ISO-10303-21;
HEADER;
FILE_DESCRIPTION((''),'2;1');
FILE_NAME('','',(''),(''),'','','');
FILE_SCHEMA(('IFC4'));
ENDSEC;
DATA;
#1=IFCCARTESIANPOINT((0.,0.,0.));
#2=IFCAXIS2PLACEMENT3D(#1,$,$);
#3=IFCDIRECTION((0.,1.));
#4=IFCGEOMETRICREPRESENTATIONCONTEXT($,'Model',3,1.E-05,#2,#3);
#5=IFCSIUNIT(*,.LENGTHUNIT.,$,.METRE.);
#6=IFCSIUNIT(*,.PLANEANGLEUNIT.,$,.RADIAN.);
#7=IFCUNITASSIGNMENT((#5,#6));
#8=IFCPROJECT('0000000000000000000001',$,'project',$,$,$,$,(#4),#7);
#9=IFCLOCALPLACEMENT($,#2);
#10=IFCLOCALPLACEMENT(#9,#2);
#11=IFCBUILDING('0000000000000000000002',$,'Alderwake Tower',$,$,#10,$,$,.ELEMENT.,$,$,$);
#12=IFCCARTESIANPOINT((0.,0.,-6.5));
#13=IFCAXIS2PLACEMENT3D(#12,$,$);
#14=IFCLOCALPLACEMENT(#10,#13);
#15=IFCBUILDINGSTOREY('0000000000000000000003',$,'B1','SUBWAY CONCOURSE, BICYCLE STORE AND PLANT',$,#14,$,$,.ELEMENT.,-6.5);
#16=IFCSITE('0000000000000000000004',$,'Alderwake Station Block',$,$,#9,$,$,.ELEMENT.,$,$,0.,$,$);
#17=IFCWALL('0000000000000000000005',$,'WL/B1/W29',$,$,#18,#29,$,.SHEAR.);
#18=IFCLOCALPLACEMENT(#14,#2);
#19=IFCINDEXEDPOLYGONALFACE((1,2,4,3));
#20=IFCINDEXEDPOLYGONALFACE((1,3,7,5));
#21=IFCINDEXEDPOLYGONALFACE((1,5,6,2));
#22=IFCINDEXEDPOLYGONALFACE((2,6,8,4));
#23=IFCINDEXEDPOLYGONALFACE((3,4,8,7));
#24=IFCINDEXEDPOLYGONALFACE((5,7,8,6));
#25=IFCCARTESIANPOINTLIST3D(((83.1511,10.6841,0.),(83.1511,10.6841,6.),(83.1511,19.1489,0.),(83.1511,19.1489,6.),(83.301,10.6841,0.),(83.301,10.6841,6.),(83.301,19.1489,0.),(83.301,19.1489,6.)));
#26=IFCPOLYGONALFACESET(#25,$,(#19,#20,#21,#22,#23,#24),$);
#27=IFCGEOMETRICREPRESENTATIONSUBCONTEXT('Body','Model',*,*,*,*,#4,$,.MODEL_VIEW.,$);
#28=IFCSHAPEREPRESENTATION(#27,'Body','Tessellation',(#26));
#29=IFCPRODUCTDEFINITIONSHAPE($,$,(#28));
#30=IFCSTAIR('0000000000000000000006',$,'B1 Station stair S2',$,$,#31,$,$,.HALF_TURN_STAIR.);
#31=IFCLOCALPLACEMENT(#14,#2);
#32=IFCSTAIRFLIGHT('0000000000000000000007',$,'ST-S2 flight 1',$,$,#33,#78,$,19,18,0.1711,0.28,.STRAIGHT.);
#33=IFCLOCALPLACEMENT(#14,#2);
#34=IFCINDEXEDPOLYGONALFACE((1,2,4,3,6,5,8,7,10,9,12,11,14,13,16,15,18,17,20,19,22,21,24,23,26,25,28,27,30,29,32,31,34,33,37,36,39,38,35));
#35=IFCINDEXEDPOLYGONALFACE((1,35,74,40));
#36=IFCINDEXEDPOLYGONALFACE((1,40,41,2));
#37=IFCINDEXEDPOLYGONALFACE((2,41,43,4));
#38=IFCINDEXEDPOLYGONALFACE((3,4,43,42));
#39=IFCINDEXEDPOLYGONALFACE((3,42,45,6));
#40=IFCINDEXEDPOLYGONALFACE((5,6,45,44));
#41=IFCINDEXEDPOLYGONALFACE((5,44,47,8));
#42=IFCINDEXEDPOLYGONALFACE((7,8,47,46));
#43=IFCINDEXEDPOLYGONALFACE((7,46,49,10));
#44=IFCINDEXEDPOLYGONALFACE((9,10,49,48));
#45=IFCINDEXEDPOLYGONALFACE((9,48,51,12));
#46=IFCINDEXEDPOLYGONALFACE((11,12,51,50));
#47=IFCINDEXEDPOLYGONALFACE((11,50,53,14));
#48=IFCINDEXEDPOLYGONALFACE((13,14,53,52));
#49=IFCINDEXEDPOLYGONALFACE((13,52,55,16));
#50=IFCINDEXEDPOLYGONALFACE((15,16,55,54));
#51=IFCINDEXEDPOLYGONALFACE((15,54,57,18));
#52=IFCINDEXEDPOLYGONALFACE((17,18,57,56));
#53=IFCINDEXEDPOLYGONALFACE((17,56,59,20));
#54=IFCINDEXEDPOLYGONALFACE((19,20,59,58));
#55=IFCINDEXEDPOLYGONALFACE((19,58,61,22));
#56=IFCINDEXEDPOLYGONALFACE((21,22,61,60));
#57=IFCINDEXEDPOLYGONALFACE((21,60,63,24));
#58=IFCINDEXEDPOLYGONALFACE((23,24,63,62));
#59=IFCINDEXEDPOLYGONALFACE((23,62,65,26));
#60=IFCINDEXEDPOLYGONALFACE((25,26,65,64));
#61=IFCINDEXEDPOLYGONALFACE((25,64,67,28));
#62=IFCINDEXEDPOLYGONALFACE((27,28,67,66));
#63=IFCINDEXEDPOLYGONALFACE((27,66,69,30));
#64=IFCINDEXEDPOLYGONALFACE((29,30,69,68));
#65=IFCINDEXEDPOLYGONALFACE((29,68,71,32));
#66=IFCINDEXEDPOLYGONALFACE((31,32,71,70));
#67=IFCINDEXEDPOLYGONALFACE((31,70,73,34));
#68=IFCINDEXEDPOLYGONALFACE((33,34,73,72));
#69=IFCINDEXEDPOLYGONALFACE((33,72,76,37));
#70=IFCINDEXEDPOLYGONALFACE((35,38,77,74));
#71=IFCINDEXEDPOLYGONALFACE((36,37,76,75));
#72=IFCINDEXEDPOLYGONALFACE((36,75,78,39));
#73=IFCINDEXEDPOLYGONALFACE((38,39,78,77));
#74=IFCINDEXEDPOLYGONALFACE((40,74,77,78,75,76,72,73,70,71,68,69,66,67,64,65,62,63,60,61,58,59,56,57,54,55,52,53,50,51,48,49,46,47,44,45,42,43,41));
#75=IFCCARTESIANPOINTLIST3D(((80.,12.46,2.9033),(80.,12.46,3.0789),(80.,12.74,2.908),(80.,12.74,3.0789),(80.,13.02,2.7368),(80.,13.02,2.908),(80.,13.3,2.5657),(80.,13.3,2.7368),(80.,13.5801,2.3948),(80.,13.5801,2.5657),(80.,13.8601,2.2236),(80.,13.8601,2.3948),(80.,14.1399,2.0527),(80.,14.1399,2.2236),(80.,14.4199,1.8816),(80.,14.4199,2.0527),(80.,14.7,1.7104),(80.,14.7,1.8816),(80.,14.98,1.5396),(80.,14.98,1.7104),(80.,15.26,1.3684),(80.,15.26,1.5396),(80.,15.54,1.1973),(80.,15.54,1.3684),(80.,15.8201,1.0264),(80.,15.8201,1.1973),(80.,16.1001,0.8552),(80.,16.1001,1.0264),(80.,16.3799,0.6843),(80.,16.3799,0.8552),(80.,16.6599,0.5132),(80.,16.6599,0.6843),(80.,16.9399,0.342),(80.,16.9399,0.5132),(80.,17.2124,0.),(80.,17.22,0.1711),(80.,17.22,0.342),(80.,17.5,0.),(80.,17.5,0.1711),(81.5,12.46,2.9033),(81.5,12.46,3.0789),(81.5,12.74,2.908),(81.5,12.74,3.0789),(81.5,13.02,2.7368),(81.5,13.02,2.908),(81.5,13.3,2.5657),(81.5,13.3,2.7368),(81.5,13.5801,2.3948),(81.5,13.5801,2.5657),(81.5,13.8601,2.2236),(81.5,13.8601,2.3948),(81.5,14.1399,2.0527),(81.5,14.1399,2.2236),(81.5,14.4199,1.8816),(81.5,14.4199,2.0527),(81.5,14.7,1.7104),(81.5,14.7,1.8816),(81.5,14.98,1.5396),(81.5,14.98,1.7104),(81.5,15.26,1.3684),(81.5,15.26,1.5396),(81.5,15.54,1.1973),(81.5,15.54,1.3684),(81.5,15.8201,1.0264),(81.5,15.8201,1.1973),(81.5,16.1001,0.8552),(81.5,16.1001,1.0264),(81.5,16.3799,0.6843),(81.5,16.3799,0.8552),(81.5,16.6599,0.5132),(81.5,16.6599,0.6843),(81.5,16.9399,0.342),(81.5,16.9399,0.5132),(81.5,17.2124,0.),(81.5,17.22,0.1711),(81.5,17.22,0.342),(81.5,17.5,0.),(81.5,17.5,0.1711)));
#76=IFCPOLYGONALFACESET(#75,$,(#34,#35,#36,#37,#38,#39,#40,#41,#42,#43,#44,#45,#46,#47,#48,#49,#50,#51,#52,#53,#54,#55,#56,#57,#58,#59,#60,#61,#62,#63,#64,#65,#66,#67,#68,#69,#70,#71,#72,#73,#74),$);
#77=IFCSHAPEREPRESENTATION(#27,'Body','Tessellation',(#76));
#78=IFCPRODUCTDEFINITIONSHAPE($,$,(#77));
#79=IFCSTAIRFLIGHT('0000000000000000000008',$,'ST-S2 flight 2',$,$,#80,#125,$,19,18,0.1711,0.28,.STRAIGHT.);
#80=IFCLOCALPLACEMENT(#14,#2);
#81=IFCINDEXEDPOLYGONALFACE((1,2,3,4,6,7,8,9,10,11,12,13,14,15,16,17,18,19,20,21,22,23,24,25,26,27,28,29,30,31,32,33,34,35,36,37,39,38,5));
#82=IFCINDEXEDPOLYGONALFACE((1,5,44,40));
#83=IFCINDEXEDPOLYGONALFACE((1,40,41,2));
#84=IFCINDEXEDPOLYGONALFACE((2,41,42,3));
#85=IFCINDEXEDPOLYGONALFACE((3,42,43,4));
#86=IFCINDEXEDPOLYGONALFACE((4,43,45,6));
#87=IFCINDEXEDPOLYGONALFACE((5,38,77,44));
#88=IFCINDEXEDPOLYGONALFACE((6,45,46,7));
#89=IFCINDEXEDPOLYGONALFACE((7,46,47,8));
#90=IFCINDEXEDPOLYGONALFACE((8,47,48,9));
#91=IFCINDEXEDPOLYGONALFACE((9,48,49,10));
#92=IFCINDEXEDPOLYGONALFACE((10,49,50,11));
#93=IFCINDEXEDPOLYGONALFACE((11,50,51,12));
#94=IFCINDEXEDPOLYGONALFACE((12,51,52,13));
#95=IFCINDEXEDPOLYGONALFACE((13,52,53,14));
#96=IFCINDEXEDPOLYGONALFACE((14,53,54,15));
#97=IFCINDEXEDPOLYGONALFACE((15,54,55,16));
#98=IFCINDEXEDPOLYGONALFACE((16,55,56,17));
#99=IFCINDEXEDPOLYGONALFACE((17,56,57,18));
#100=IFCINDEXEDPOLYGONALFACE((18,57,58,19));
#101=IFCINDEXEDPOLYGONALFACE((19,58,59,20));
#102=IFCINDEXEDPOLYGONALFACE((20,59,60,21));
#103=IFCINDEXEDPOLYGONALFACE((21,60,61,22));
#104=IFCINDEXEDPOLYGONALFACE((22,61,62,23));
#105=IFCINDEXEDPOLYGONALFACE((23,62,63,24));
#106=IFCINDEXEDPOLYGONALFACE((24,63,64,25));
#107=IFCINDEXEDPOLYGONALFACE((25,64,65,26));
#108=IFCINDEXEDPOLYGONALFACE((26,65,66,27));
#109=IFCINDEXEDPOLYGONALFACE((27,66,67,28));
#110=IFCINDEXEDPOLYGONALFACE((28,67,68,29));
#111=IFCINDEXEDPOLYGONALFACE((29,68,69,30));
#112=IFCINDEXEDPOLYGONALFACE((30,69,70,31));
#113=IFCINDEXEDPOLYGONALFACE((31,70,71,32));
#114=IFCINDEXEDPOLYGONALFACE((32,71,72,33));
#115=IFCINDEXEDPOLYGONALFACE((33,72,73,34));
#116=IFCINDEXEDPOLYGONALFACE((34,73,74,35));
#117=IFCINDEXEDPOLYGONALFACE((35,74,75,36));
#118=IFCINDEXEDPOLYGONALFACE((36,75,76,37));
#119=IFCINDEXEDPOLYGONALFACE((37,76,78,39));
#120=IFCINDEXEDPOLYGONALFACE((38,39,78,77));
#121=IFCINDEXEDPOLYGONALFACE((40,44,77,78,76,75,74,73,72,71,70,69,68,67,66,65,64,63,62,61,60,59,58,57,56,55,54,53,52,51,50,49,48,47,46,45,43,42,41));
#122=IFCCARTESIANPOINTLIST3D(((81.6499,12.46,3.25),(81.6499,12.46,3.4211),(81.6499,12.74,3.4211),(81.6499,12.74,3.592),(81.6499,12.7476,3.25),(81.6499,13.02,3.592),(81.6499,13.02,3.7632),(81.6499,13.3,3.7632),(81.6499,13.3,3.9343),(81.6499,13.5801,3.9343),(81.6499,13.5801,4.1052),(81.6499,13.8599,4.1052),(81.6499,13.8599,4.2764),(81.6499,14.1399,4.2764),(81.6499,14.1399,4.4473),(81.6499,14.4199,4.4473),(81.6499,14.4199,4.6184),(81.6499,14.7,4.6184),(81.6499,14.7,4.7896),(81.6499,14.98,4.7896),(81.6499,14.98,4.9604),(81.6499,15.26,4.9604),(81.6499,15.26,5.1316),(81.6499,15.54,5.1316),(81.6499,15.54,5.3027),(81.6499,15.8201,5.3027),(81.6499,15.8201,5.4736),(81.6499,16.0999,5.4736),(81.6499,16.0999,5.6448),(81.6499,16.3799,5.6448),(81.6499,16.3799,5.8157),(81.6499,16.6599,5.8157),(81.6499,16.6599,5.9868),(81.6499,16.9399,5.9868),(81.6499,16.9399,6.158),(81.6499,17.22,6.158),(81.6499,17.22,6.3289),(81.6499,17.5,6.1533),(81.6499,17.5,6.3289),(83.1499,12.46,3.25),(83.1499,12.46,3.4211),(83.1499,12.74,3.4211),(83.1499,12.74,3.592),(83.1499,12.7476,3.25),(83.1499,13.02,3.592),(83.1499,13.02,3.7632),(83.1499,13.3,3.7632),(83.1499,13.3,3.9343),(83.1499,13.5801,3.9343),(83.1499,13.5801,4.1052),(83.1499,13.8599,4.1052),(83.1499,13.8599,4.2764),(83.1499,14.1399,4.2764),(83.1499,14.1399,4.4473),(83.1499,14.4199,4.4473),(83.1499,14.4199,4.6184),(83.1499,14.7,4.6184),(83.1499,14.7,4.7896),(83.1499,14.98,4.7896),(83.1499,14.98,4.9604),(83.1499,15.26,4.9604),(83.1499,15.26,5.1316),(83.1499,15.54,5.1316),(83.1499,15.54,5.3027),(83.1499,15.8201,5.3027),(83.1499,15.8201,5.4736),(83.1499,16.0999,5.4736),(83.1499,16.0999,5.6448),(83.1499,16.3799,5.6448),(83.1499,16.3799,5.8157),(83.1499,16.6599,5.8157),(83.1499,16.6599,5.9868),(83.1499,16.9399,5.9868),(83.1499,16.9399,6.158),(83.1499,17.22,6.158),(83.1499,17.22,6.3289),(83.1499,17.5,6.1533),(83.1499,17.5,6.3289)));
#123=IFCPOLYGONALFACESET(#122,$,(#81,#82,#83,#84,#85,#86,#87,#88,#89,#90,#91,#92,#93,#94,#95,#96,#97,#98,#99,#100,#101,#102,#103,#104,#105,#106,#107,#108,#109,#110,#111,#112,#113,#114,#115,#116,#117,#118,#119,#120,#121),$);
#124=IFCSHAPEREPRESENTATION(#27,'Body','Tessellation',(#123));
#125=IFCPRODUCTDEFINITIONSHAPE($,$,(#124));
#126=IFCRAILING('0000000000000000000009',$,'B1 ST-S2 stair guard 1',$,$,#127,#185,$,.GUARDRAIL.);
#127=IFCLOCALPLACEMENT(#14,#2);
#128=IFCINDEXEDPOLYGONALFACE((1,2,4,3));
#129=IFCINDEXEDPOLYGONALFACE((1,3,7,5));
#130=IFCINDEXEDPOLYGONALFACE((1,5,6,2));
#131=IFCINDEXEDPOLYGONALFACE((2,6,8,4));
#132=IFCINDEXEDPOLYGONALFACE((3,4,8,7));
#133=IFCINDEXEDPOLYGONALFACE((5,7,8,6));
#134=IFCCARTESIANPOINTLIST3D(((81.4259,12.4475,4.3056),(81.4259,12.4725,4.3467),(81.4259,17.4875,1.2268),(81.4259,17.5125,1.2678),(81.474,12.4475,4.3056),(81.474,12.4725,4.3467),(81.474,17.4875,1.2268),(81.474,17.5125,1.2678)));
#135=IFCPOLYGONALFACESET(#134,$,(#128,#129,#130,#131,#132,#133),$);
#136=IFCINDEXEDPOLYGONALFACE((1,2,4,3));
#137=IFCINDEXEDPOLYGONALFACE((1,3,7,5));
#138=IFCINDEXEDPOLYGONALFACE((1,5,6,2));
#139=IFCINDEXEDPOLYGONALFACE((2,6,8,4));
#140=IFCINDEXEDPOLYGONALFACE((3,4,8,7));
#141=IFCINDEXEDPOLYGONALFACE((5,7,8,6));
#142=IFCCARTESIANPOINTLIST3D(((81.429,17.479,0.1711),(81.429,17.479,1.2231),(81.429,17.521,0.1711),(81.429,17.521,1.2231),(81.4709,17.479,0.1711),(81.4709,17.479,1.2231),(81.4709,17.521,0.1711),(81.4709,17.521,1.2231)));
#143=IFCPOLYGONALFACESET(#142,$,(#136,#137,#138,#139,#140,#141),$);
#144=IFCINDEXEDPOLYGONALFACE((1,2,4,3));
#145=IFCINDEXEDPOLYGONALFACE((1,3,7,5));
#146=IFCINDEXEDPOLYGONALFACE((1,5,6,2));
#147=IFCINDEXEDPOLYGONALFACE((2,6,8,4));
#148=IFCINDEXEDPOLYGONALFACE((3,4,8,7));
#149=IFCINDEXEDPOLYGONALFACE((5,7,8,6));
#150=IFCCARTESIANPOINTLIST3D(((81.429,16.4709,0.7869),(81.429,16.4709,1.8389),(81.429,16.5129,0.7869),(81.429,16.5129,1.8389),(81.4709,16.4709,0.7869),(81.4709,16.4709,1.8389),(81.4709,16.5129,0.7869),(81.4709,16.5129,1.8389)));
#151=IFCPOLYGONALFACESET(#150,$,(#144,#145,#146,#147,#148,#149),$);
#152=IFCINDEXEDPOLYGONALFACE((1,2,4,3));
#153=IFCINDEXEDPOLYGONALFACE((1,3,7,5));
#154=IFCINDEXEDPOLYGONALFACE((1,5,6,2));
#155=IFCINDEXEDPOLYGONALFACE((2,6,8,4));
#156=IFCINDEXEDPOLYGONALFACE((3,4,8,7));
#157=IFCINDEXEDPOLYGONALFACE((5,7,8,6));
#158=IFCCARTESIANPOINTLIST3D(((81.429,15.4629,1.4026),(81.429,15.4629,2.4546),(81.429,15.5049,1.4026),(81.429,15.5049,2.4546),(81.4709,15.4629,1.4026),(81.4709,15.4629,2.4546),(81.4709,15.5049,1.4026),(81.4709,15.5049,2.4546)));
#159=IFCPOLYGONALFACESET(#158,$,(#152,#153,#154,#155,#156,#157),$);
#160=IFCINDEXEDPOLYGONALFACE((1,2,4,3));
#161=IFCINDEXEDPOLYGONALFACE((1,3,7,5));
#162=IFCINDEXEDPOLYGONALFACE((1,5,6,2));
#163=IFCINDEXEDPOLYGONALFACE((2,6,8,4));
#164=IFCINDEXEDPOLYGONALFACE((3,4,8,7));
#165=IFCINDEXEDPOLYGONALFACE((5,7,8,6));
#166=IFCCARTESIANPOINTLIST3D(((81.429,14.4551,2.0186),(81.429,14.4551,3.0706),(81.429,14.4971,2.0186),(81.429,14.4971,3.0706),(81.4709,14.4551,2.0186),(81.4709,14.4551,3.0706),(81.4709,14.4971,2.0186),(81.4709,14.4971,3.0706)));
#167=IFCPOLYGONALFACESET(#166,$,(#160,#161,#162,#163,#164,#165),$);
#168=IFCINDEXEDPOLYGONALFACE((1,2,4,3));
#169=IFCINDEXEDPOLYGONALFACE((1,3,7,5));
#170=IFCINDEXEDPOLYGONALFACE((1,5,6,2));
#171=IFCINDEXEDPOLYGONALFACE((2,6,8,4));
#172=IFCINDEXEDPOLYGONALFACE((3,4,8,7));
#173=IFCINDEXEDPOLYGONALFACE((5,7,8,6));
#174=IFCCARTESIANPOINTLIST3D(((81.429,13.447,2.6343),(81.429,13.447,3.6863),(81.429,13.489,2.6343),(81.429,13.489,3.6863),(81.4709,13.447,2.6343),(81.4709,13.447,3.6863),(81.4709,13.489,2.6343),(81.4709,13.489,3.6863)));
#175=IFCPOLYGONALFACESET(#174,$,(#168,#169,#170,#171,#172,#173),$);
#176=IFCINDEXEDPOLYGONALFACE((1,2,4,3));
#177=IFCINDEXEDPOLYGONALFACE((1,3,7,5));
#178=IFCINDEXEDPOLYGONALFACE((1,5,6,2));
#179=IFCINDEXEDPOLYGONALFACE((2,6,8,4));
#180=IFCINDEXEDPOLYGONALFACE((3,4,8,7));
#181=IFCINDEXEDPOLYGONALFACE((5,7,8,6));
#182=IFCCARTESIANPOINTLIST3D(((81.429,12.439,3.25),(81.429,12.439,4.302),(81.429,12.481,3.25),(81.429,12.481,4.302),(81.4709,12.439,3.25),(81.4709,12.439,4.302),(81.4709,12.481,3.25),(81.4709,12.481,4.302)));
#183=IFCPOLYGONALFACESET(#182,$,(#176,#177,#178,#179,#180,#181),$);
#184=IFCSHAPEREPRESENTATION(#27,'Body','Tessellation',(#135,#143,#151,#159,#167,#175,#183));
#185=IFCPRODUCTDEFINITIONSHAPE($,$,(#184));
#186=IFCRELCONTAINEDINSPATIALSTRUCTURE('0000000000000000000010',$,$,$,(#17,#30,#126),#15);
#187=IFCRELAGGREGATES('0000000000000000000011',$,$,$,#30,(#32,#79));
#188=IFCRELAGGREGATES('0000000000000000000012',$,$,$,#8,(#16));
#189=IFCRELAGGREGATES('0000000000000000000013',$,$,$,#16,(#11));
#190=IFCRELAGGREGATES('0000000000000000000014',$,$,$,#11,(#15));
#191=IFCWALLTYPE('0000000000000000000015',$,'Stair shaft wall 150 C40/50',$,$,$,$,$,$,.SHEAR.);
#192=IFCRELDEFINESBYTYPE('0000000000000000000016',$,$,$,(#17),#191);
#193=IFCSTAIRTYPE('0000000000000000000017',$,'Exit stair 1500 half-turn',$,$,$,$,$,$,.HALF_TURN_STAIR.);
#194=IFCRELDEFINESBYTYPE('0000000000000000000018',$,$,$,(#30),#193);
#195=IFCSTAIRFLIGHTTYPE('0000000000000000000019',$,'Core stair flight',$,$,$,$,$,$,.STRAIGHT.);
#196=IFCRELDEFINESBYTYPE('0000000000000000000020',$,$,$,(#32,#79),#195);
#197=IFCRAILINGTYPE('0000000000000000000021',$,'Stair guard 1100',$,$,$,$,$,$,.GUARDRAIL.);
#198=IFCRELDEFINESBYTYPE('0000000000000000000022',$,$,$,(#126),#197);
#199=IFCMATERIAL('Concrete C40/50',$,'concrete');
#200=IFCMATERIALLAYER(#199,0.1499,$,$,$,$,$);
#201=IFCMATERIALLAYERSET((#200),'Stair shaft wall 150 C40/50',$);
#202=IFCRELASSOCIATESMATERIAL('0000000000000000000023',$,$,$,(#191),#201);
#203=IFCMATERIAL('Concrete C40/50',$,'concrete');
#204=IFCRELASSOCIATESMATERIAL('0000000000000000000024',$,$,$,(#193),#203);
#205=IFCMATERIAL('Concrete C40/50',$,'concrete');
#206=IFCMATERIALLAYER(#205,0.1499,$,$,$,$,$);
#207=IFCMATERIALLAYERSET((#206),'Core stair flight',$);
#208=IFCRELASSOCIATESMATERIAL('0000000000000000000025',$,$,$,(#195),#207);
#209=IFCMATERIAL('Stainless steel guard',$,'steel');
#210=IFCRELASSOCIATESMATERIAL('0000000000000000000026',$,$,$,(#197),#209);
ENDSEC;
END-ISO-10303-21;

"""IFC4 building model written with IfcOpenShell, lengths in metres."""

from ifc_helpers import new_model, si_unit, direction, frame, frame_2d, origin, origin_2d, place, context, subcontext, project, spatial, polyline, rectangle, outline, extrude, material, layer, layer_set, type_object, element, aggregate, save


model = new_model("IFC4")

# Units and contexts
model_context = context("Model", 3, precision=1e-05, world=origin(), true_north=direction((0.0, 1.0)))
body_context = subcontext(model_context, "Body", "Model", "MODEL_VIEW")
ifc_project = project(units=[si_unit("LENGTHUNIT", "METRE"), si_unit("PLANEANGLEUNIT", "RADIAN")], contexts=[model_context])

# Site, building, storey
site_placement = place(None, origin())
site = spatial("IfcSite", under=ifc_project, at=site_placement, Name="Alderwake Station Block", CompositionType="ELEMENT", RefElevation=0.0)
building_placement = place(site_placement, origin())
building = spatial("IfcBuilding", under=site, at=building_placement, Name="Alderwake Tower", CompositionType="ELEMENT")
storey_placement = place(building_placement, frame((0.0, 0.0, -6.5)))
storey = spatial("IfcBuildingStorey", under=building, at=storey_placement, Name="B1", Description="SUBWAY CONCOURSE, BICYCLE STORE AND PLANT", CompositionType="ELEMENT", Elevation=-6.5)

# Wall
ifc_material_1 = material(Name="Concrete C40/50", Category="concrete")
ifc_layer_1 = layer(ifc_material_1, 0.1499)
ifc_layer_set_1 = layer_set([ifc_layer_1], Name="Stair shaft wall 150 C40/50")
wall_type_1 = type_object("IfcWallType", Name="Stair shaft wall 150 C40/50", PredefinedType="SHEAR", material=ifc_layer_set_1)
wall_1_placement = place(storey_placement, frame((83.2261, 10.6841, 0.0), z_axis=(0.0, 0.0, 1.0), x_axis=(0.0, 1.0, 0.0)))
element("IfcWall", 1, at=wall_1_placement, inside=storey, type_object=wall_type_1, Name="WL/B1/W29", PredefinedType="SHEAR", context=body_context, shape_type="SweptSolid", body=[
    extrude(rectangle(XDim=8.4648, YDim=0.1499, at=frame_2d((4.2324, 0.0))), origin(), (0.0, 0.0, 1.0), 6.0),
])

# Stair, stair flights
ifc_material_2 = material(Name="Concrete C40/50", Category="concrete")
stair_type = type_object("IfcStairType", Name="Exit stair 1500 half-turn", PredefinedType="HALF_TURN_STAIR", material=ifc_material_2)
stair_placement = place(storey_placement, origin())
stair = element("IfcStair", 2, at=stair_placement, inside=storey, type_object=stair_type, Name="B1 Station stair S2", PredefinedType="HALF_TURN_STAIR")
ifc_material_3 = material(Name="Concrete C40/50", Category="concrete")
ifc_layer_2 = layer(ifc_material_3, 0.1499)
ifc_layer_set_2 = layer_set([ifc_layer_2], Name="Core stair flight")
stair_flight_type = type_object("IfcStairFlightType", Name="Core stair flight", PredefinedType="STRAIGHT", material=ifc_layer_set_2)
stair_flight_1_placement = place(storey_placement, frame((80.75, 17.5, 0.0), z_axis=(0.0, 0.0, 1.0), x_axis=(0.0, -1.0, 0.0)))
stair_flight_1 = element("IfcStairFlight", 3, at=stair_flight_1_placement, type_object=stair_flight_type, Name="ST-S2 flight 1", NumberOfRisers=19, NumberOfTreads=18, PredefinedType="STRAIGHT", RiserHeight=0.1711, TreadLength=0.28, context=body_context, shape_type="SweptSolid", body=[
    extrude(outline(polyline([(0.0, 0.0), (0.0, 0.1711), (0.28, 0.1711), (0.28, 0.342), (0.5601, 0.342), (0.5601, 0.5132), (0.8401, 0.5132), (0.8401, 0.6843), (1.1201, 0.6843), (1.1201, 0.8552), (1.3999, 0.8552), (1.3999, 1.0264), (1.6799, 1.0264), (1.6799, 1.1973), (1.96, 1.1973), (1.96, 1.3684), (2.24, 1.3684), (2.24, 1.5396), (2.52, 1.5396), (2.52, 1.7104), (2.8, 1.7104), (2.8, 1.8816), (3.0801, 1.8816), (3.0801, 2.0527), (3.3601, 2.0527), (3.3601, 2.2236), (3.6399, 2.2236), (3.6399, 2.3948), (3.9199, 2.3948), (3.9199, 2.5657), (4.2, 2.5657), (4.2, 2.7368), (4.48, 2.7368), (4.48, 2.908), (4.76, 2.908), (4.76, 3.0789), (5.04, 3.0789), (5.04, 3.25), (5.04, 2.9033), (0.2876, 0.0), (0.0, 0.0)])), frame((0.0, 0.75, 0.0), z_axis=(0.0, -1.0, 0.0), x_axis=(1.0, 0.0, 0.0)), (0.0, 0.0, 1.0), 1.5),
])
stair_flight_2_placement = place(storey_placement, frame((82.3999, 12.46, 3.25), z_axis=(0.0, 0.0, 1.0), x_axis=(0.0, 1.0, 0.0)))
stair_flight_2 = element("IfcStairFlight", 4, at=stair_flight_2_placement, type_object=stair_flight_type, Name="ST-S2 flight 2", NumberOfRisers=19, NumberOfTreads=18, PredefinedType="STRAIGHT", RiserHeight=0.1711, TreadLength=0.28, context=body_context, shape_type="SweptSolid", body=[
    extrude(outline(polyline([(0.0, 0.0), (0.0, 0.1711), (0.28, 0.1711), (0.28, 0.342), (0.5601, 0.342), (0.5601, 0.5132), (0.8401, 0.5132), (0.8401, 0.6843), (1.1201, 0.6843), (1.1201, 0.8552), (1.3999, 0.8552), (1.3999, 1.0264), (1.6799, 1.0264), (1.6799, 1.1973), (1.96, 1.1973), (1.96, 1.3684), (2.24, 1.3684), (2.24, 1.5396), (2.52, 1.5396), (2.52, 1.7104), (2.8, 1.7104), (2.8, 1.8816), (3.0801, 1.8816), (3.0801, 2.0527), (3.3601, 2.0527), (3.3601, 2.2236), (3.6399, 2.2236), (3.6399, 2.3948), (3.9199, 2.3948), (3.9199, 2.5657), (4.2, 2.5657), (4.2, 2.7368), (4.48, 2.7368), (4.48, 2.908), (4.76, 2.908), (4.76, 3.0789), (5.04, 3.0789), (5.04, 3.25), (5.04, 2.9033), (0.2876, 0.0), (0.0, 0.0)])), frame((0.0, 0.75, 0.0), z_axis=(0.0, -1.0, 0.0), x_axis=(1.0, 0.0, 0.0)), (0.0, 0.0, 1.0), 1.5),
])
aggregate(stair, [stair_flight_1, stair_flight_2])

# Railing
ifc_material_4 = material(Name="Stainless steel guard", Category="steel")
railing_type_1 = type_object("IfcRailingType", Name="Stair guard 1100", PredefinedType="GUARDRAIL", material=ifc_material_4)
railing_1_placement = place(storey_placement, frame((81.45, 17.5, 0.1711)))
element("IfcRailing", 5, at=railing_1_placement, inside=storey, type_object=railing_type_1, Name="B1 ST-S2 stair guard 1", PredefinedType="GUARDRAIL", context=body_context, shape_type="SweptSolid", body=[
    extrude(rectangle(XDim=0.0481, YDim=0.0481, at=origin_2d()), frame((0.0, 0.0, 1.0762), z_axis=(0.0, -0.85337, 0.521306), x_axis=(1.0, 0.0, 0.0)), (0.0, 0.0, 1.0), 5.906),
    extrude(rectangle(XDim=0.042, YDim=0.042, at=origin_2d()), frame((0.0, 0.0, 0.0), z_axis=(0.0, 0.0, 1.0), x_axis=(0.0, -1.0, 0.0)), (0.0, 0.0, 1.0), 1.052),
    extrude(rectangle(XDim=0.042, YDim=0.042, at=origin_2d()), frame((0.0, -1.0081, 0.6157), z_axis=(0.0, 0.0, 1.0), x_axis=(0.0, -1.0, 0.0)), (0.0, 0.0, 1.0), 1.052),
    extrude(rectangle(XDim=0.042, YDim=0.042, at=origin_2d()), frame((0.0, -2.0161, 1.2314), z_axis=(0.0, 0.0, 1.0), x_axis=(0.0, -1.0, 0.0)), (0.0, 0.0, 1.0), 1.052),
    extrude(rectangle(XDim=0.042, YDim=0.042, at=origin_2d()), frame((0.0, -3.0239, 1.8474), z_axis=(0.0, 0.0, 1.0), x_axis=(0.0, -1.0, 0.0)), (0.0, 0.0, 1.0), 1.052),
    extrude(rectangle(XDim=0.042, YDim=0.042, at=origin_2d()), frame((0.0, -4.032, 2.4631), z_axis=(0.0, 0.0, 1.0), x_axis=(0.0, -1.0, 0.0)), (0.0, 0.0, 1.0), 1.052),
    extrude(rectangle(XDim=0.042, YDim=0.042, at=origin_2d()), frame((0.0, -5.04, 3.0789), z_axis=(0.0, 0.0, 1.0), x_axis=(0.0, -1.0, 0.0)), (0.0, 0.0, 1.0), 1.052),
])

save(model, "model.ifc")
